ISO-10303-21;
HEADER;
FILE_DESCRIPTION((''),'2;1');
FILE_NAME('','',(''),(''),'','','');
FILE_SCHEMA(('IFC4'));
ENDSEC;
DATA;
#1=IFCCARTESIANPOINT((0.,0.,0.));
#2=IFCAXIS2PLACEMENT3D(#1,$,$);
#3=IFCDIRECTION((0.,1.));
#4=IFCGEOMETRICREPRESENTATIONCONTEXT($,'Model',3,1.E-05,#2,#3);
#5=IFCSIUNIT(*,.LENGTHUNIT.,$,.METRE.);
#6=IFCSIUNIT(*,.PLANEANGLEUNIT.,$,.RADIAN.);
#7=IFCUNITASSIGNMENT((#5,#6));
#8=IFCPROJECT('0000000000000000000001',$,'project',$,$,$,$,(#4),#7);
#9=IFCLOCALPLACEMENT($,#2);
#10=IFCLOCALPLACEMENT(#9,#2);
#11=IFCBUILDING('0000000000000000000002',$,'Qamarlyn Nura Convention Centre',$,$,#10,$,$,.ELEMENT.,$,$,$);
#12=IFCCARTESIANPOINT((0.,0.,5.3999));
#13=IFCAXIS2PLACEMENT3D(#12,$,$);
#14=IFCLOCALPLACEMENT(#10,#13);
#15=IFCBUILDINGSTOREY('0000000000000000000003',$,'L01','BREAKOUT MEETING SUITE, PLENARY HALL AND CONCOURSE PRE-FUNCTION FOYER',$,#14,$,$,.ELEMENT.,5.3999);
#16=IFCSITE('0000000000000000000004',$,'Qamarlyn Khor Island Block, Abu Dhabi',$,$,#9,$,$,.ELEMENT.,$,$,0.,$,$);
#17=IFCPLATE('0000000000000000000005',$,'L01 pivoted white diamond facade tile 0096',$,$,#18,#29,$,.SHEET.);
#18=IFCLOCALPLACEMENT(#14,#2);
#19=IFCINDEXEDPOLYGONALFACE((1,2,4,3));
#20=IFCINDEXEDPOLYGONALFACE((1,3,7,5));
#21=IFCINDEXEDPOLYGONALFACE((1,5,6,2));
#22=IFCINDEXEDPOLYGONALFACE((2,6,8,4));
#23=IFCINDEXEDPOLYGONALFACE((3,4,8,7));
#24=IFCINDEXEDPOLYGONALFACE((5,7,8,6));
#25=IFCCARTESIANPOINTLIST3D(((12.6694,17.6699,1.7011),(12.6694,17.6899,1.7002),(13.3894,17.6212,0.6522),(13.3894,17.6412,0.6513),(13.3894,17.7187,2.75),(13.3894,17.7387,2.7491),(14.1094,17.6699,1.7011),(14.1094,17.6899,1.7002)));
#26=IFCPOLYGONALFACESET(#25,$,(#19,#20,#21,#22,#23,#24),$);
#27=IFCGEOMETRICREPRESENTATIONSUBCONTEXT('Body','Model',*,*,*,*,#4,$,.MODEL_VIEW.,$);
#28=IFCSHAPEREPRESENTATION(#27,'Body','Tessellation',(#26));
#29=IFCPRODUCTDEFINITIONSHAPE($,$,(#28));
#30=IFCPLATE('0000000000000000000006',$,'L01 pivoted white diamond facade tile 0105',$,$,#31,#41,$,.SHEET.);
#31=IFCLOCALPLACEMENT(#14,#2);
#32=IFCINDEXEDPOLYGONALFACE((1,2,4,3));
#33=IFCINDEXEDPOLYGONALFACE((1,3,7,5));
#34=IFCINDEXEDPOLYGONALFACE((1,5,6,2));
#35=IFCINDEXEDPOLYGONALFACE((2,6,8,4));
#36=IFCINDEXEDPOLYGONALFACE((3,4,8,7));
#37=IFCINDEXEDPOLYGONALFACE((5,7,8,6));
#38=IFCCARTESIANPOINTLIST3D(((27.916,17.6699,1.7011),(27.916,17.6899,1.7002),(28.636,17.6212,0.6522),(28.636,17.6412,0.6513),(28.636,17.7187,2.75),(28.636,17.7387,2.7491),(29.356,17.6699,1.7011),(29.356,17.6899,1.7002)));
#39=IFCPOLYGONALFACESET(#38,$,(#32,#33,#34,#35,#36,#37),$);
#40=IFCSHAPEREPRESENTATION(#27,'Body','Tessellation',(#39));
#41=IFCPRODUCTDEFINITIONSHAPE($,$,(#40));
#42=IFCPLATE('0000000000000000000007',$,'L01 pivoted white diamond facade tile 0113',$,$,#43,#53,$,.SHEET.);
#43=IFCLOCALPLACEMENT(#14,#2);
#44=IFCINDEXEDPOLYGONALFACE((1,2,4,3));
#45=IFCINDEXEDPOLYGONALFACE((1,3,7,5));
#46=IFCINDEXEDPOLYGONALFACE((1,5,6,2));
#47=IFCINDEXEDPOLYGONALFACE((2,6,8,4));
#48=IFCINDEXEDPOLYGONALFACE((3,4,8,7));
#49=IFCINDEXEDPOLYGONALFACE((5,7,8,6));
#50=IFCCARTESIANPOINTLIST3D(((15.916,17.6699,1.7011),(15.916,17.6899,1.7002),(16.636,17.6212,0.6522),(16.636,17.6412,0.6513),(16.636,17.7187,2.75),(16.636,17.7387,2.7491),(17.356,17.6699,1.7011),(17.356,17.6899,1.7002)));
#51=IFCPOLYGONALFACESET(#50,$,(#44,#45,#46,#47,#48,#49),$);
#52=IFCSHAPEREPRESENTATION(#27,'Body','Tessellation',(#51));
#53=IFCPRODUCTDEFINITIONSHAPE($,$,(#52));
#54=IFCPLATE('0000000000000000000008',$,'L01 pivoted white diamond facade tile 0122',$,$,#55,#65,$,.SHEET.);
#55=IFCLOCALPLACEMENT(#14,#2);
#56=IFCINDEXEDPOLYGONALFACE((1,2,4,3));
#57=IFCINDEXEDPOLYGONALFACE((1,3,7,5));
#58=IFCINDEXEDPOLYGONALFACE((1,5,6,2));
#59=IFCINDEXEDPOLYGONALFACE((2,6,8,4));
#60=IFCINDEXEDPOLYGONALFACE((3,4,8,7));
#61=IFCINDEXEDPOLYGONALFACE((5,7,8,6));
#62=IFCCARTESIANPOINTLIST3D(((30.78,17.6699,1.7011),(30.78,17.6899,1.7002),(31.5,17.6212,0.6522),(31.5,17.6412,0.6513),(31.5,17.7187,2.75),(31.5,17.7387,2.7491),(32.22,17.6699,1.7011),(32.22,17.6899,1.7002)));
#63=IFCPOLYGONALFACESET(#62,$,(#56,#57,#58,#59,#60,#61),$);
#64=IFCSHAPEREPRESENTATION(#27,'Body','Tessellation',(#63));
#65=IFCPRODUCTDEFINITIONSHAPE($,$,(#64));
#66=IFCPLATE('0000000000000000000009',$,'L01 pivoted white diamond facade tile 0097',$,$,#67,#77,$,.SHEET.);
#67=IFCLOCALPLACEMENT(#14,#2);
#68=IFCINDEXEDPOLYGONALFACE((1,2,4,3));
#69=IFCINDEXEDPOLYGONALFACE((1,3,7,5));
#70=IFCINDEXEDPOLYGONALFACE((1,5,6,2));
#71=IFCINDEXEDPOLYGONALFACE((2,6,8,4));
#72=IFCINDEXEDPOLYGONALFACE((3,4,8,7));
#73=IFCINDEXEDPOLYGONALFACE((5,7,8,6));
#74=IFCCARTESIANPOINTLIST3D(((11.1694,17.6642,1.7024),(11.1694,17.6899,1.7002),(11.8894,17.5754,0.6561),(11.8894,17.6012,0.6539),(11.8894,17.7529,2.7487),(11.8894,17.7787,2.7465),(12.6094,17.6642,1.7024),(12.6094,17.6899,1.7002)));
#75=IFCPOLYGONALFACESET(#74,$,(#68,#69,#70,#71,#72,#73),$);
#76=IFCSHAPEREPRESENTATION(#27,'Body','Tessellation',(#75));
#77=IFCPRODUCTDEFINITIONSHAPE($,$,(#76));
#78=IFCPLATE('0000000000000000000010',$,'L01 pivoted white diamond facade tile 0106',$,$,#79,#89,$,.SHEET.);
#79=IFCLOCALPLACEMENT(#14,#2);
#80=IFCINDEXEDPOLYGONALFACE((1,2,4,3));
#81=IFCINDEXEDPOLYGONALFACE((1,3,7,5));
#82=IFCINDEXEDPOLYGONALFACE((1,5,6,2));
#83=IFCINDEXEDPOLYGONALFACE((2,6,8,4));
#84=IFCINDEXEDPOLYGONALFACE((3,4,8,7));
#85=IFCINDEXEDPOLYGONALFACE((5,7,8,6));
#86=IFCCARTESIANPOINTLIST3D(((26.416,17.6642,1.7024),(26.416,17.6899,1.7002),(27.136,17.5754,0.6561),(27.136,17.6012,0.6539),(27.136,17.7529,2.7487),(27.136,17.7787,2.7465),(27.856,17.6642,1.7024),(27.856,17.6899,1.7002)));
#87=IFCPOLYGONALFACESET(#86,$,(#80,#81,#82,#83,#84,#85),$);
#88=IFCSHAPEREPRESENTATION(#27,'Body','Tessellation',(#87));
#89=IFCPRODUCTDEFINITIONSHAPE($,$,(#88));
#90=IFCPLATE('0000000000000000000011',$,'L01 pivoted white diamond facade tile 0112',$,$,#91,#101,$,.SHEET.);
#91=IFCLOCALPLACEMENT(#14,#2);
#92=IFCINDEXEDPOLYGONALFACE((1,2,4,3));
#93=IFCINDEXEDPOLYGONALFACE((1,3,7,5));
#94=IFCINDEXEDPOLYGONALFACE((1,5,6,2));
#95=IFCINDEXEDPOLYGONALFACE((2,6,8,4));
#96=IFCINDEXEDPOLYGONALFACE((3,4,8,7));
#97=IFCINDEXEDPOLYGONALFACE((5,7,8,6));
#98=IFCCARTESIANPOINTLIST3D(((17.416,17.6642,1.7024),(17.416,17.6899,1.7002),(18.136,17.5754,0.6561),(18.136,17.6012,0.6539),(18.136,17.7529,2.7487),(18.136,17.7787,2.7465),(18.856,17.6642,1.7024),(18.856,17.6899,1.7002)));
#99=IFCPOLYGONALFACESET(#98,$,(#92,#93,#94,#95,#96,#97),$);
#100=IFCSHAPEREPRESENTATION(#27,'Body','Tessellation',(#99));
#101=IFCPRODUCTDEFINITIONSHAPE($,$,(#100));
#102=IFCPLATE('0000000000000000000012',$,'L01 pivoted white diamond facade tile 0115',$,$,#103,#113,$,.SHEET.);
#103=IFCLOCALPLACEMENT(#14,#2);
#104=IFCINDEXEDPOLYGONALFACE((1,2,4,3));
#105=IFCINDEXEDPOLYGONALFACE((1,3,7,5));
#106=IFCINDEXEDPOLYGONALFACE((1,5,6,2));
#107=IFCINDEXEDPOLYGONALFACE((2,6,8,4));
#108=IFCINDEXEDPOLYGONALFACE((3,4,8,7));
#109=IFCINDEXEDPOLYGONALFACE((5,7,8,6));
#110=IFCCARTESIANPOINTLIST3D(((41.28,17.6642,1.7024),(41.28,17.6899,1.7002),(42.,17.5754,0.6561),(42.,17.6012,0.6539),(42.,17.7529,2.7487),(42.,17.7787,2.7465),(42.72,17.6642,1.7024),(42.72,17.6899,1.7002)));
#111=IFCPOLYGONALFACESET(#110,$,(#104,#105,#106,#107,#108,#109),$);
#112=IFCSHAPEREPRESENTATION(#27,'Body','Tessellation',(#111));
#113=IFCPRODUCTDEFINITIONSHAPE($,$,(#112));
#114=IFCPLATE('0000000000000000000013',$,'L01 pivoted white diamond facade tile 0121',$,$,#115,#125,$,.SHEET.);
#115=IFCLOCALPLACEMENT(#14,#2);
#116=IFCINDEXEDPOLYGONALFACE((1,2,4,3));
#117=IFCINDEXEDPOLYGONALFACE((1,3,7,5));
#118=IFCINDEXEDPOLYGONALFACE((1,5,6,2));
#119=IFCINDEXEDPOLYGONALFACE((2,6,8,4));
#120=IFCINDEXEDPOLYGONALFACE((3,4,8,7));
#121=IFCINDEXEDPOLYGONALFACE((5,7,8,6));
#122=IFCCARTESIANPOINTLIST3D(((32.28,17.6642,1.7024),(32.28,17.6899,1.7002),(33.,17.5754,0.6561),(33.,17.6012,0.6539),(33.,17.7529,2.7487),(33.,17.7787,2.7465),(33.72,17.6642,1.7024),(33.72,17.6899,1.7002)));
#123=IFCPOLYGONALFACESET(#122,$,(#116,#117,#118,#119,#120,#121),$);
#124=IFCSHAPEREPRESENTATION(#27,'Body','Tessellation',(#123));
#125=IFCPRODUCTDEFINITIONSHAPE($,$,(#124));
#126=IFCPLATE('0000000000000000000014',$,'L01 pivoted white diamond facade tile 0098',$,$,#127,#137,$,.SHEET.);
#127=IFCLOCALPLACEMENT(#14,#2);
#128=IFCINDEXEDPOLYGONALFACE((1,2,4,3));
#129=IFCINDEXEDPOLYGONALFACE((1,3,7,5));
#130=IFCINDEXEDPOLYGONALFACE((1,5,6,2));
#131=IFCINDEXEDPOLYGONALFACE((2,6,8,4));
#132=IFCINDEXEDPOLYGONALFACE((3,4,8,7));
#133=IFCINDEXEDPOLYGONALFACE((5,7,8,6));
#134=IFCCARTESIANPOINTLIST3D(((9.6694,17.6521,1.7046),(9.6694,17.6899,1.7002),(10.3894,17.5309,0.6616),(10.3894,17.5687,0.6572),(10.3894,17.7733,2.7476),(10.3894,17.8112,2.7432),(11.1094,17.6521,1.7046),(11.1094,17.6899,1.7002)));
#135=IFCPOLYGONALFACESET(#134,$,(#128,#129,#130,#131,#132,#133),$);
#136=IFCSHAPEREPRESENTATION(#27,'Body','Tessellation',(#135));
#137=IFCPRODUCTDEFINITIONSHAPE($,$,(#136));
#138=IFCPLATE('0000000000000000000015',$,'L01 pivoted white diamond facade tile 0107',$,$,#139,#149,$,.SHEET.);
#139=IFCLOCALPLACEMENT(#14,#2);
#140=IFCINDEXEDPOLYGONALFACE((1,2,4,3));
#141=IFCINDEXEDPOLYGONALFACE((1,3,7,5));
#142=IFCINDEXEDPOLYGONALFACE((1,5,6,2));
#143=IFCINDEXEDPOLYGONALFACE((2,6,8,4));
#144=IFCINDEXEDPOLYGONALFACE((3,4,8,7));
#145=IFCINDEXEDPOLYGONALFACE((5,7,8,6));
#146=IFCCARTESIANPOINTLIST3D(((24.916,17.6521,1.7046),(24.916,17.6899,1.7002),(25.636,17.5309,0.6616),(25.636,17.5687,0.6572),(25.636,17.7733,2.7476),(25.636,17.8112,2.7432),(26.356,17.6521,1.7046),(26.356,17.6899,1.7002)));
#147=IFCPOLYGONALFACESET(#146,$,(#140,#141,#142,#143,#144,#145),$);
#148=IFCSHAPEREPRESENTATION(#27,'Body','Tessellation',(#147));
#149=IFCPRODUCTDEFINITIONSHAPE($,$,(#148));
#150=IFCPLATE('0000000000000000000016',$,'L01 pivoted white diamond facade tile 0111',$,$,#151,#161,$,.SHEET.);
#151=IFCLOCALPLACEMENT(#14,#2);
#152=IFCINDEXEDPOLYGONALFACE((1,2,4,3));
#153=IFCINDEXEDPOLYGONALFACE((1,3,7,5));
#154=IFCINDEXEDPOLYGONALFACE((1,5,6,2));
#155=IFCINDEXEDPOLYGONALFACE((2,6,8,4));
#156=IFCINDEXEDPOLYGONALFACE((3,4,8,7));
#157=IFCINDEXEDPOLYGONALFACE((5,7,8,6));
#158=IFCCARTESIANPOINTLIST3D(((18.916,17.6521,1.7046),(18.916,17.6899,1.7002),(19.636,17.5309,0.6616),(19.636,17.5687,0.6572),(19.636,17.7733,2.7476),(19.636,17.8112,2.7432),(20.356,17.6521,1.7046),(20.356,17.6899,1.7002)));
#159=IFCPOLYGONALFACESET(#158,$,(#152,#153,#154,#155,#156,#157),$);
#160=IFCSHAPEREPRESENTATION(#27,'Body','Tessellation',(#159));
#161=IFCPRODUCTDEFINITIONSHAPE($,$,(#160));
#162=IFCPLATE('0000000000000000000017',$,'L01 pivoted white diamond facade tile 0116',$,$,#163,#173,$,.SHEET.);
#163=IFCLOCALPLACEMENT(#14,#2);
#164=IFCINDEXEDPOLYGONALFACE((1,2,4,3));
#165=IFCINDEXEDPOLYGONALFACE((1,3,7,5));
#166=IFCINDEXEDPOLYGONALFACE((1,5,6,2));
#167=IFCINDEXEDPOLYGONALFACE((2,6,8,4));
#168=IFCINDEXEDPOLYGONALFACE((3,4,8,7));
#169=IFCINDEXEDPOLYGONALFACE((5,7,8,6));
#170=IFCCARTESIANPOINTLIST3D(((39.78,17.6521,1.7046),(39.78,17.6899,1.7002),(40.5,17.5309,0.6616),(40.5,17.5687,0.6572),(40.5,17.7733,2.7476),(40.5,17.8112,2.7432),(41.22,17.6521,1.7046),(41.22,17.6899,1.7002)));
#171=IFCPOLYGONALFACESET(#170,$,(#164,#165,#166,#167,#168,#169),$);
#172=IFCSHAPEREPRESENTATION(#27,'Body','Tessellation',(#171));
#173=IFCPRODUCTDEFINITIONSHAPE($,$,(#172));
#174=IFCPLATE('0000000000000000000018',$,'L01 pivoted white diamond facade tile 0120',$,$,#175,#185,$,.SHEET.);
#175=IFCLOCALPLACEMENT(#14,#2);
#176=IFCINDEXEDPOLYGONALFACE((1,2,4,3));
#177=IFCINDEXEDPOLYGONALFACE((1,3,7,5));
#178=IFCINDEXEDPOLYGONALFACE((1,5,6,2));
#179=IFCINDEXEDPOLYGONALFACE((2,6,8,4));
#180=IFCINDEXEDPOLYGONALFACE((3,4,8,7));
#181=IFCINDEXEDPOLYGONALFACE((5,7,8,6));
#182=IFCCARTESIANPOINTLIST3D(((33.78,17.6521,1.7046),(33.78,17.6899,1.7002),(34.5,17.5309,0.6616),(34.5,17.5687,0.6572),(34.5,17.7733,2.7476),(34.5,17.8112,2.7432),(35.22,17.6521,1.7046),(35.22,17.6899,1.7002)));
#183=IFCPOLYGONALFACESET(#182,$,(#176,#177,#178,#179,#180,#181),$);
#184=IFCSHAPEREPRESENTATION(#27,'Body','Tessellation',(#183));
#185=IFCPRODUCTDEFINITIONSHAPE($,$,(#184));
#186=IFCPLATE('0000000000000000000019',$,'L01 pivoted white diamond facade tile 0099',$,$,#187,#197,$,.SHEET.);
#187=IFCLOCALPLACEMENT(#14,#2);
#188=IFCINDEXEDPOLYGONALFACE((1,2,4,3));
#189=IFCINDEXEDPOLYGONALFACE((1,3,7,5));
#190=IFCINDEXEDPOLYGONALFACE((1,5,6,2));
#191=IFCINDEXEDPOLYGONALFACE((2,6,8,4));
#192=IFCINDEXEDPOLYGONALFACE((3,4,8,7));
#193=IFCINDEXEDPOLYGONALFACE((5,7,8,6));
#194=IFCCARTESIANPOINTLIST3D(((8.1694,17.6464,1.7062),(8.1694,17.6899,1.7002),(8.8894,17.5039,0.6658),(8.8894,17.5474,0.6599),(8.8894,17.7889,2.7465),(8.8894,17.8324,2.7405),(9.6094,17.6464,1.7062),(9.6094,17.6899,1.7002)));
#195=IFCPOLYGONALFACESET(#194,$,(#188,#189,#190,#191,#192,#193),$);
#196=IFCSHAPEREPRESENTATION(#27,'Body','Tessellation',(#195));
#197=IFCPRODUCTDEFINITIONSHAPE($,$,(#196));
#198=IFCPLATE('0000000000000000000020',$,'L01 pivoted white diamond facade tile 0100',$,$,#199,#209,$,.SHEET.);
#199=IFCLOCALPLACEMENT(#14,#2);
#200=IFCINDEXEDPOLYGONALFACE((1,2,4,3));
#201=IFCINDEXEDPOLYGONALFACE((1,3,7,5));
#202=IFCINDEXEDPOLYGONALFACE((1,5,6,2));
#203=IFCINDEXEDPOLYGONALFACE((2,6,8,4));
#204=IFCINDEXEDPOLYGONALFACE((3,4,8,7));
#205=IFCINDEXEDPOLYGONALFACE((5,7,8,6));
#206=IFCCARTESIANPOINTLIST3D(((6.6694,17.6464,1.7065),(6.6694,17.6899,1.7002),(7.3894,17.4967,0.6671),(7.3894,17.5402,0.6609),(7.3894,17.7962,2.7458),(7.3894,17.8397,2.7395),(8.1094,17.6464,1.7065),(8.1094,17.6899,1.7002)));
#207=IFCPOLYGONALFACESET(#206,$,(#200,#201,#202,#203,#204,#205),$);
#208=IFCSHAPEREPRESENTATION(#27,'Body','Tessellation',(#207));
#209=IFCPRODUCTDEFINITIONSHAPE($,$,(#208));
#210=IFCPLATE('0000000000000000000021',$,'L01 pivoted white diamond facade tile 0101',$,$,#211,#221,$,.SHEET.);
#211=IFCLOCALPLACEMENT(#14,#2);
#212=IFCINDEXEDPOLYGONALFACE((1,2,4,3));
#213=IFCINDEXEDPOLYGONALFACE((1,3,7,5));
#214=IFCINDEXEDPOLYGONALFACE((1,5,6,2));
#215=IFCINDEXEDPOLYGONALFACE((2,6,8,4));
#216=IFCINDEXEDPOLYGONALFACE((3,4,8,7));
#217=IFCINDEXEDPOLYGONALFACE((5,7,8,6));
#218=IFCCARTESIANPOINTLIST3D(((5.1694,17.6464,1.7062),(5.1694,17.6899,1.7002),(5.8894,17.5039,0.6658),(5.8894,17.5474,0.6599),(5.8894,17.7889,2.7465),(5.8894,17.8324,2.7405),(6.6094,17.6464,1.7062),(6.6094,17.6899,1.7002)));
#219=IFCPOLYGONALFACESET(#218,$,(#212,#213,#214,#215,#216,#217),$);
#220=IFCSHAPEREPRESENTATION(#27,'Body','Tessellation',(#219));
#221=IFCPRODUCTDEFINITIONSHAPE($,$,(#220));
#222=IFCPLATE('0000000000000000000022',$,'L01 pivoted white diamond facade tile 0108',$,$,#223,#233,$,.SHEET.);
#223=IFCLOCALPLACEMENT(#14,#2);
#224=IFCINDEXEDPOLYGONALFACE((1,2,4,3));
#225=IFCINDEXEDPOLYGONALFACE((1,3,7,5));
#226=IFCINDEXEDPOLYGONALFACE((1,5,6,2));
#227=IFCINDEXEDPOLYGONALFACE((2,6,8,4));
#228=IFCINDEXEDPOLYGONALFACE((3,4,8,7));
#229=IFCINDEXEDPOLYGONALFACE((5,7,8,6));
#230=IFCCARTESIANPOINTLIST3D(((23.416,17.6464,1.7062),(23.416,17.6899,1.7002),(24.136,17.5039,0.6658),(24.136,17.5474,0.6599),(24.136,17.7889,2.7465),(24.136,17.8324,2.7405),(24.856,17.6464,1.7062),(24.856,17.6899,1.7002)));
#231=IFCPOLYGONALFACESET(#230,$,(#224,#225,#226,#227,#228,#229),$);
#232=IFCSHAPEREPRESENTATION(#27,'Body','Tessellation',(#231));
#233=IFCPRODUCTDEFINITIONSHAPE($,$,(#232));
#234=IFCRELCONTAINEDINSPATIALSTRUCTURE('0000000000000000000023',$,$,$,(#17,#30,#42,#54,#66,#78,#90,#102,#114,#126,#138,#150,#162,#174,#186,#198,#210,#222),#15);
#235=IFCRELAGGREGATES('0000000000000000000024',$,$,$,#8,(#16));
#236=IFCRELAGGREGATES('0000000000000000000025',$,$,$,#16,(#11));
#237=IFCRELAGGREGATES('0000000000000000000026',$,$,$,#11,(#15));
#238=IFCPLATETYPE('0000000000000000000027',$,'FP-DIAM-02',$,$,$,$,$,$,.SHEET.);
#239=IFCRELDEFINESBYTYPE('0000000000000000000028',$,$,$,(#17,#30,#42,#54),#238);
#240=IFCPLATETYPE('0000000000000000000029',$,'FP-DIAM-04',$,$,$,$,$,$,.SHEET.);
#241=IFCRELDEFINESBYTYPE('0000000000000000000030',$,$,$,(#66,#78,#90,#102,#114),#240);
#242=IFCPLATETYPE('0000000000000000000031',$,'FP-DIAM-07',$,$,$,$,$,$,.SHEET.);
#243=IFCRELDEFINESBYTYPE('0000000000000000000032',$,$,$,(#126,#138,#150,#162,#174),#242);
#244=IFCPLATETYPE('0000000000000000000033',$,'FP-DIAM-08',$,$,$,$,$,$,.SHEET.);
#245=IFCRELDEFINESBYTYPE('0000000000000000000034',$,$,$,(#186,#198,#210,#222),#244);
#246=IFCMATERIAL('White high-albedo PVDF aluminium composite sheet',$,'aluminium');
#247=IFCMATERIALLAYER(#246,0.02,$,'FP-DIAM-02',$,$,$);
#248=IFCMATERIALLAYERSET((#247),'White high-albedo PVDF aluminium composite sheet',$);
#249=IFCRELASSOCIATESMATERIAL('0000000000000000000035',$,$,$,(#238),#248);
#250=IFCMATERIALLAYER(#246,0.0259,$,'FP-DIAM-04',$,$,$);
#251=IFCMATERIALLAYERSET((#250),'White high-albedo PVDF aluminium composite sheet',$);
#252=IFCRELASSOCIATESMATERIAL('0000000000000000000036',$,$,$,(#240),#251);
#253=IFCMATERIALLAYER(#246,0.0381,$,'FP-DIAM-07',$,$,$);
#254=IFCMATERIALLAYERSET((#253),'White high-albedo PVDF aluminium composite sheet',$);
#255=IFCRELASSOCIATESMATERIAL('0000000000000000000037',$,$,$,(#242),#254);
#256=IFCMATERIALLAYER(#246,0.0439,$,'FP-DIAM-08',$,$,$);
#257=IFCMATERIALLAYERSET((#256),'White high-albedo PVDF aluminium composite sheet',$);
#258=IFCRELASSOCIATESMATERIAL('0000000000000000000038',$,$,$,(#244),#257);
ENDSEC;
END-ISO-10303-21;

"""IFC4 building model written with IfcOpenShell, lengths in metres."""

from ifc_helpers import new_model, si_unit, direction, frame, origin, place, context, subcontext, project, spatial, polyline, outline, extrude, material, layer, layer_set, type_object, element, save


model = new_model("IFC4")

# Units and contexts
model_context = context("Model", 3, precision=1e-05, world=origin(), true_north=direction((0.0, 1.0)))
body_context = subcontext(model_context, "Body", "Model", "MODEL_VIEW")
ifc_project = project(units=[si_unit("LENGTHUNIT", "METRE"), si_unit("PLANEANGLEUNIT", "RADIAN")], contexts=[model_context])

# Site, building, storey
site_placement = place(None, origin())
site = spatial("IfcSite", under=ifc_project, at=site_placement, Name="Qamarlyn Khor Island Block, Abu Dhabi", CompositionType="ELEMENT", RefElevation=0.0)
building_placement = place(site_placement, origin())
building = spatial("IfcBuilding", under=site, at=building_placement, Name="Qamarlyn Nura Convention Centre", CompositionType="ELEMENT")
storey_placement = place(building_placement, frame((0.0, 0.0, 5.3999)))
storey = spatial("IfcBuildingStorey", under=building, at=storey_placement, Name="L01", Description="BREAKOUT MEETING SUITE, PLENARY HALL AND CONCOURSE PRE-FUNCTION FOYER", CompositionType="ELEMENT", Elevation=5.3999)

# Plates
ifc_material_1 = material(Name="White high-albedo PVDF aluminium composite sheet", Category="aluminium")
ifc_layer_1 = layer(ifc_material_1, 0.02, Name="FP-DIAM-02")
ifc_layer_set_1 = layer_set([ifc_layer_1], Name="White high-albedo PVDF aluminium composite sheet")
plate_type_1 = type_object("IfcPlateType", Name="FP-DIAM-02", PredefinedType="SHEET", material=ifc_layer_set_1)
for number, where, z_axis, x_axis, name in (
    (1, (13.3894, 17.6899, 1.7002), (0.0, -0.998923, 0.046409), (1.0, 0.0, 0.0), "L01 pivoted white diamond facade tile 0096"),
    (2, (28.636, 17.6899, 1.7002), (0.0, -0.998923, 0.046409), (1.0, 0.0, 0.0), "L01 pivoted white diamond facade tile 0105"),
    (3, (16.636, 17.6899, 1.7002), (0.0, -0.998923, 0.046409), (1.0, 0.0, 0.0), "L01 pivoted white diamond facade tile 0113"),
    (4, (31.5, 17.6899, 1.7002), (0.0, -0.998923, 0.046409), (1.0, 0.0, 0.0), "L01 pivoted white diamond facade tile 0122"),
):
    element("IfcPlate", number, at=place(storey_placement, frame(where, z_axis=z_axis, x_axis=x_axis)), inside=storey, type_object=plate_type_1, Name=name, PredefinedType="SHEET", context=body_context, shape_type="SweptSolid", body=[
        extrude(outline(polyline([(-0.72, 0.0), (0.0, -1.05), (0.72, 0.0), (0.0, 1.05), (-0.72, 0.0)])), origin(), (0.0, 0.0, 1.0), 0.02),
    ])
ifc_layer_2 = layer(ifc_material_1, 0.0259, Name="FP-DIAM-04")
ifc_layer_set_2 = layer_set([ifc_layer_2], Name="White high-albedo PVDF aluminium composite sheet")
plate_type_2 = type_object("IfcPlateType", Name="FP-DIAM-04", PredefinedType="SHEET", material=ifc_layer_set_2)
for number, where, z_axis, x_axis, name in (
    (5, (11.8894, 17.6899, 1.7002), (0.0, -0.996419, 0.084547), (1.0, 0.0, 0.0), "L01 pivoted white diamond facade tile 0097"),
    (6, (27.136, 17.6899, 1.7002), (0.0, -0.996419, 0.084547), (1.0, 0.0, 0.0), "L01 pivoted white diamond facade tile 0106"),
    (7, (18.136, 17.6899, 1.7002), (0.0, -0.996419, 0.084547), (1.0, 0.0, 0.0), "L01 pivoted white diamond facade tile 0112"),
    (8, (42.0, 17.6899, 1.7002), (0.0, -0.996419, 0.084547), (1.0, 0.0, 0.0), "L01 pivoted white diamond facade tile 0115"),
    (9, (33.0, 17.6899, 1.7002), (0.0, -0.996419, 0.084547), (1.0, 0.0, 0.0), "L01 pivoted white diamond facade tile 0121"),
):
    element("IfcPlate", number, at=place(storey_placement, frame(where, z_axis=z_axis, x_axis=x_axis)), inside=storey, type_object=plate_type_2, Name=name, PredefinedType="SHEET", context=body_context, shape_type="SweptSolid", body=[
        extrude(outline(polyline([(-0.72, 0.0), (0.0, -1.05), (0.72, 0.0), (0.0, 1.05), (-0.72, 0.0)])), origin(), (0.0, 0.0, 1.0), 0.0259),
    ])
ifc_layer_3 = layer(ifc_material_1, 0.0381, Name="FP-DIAM-07")
ifc_layer_set_3 = layer_set([ifc_layer_3], Name="White high-albedo PVDF aluminium composite sheet")
plate_type_3 = type_object("IfcPlateType", Name="FP-DIAM-07", PredefinedType="SHEET", material=ifc_layer_set_3)
for number, where, z_axis, x_axis, name in (
    (10, (10.3894, 17.6899, 1.7002), (0.0, -0.993312, 0.115457), (1.0, 0.0, 0.0), "L01 pivoted white diamond facade tile 0098"),
    (11, (25.636, 17.6899, 1.7002), (0.0, -0.993312, 0.115457), (1.0, 0.0, 0.0), "L01 pivoted white diamond facade tile 0107"),
    (12, (19.636, 17.6899, 1.7002), (0.0, -0.993312, 0.115457), (1.0, 0.0, 0.0), "L01 pivoted white diamond facade tile 0111"),
    (13, (40.5, 17.6899, 1.7002), (0.0, -0.993312, 0.115457), (1.0, 0.0, 0.0), "L01 pivoted white diamond facade tile 0116"),
    (14, (34.5, 17.6899, 1.7002), (0.0, -0.993312, 0.115457), (1.0, 0.0, 0.0), "L01 pivoted white diamond facade tile 0120"),
):
    element("IfcPlate", number, at=place(storey_placement, frame(where, z_axis=z_axis, x_axis=x_axis)), inside=storey, type_object=plate_type_3, Name=name, PredefinedType="SHEET", context=body_context, shape_type="SweptSolid", body=[
        extrude(outline(polyline([(-0.72, 0.0), (0.0, -1.05), (0.72, 0.0), (0.0, 1.05), (-0.72, 0.0)])), origin(), (0.0, 0.0, 1.0), 0.0381),
    ])
ifc_layer_4 = layer(ifc_material_1, 0.0439, Name="FP-DIAM-08")
ifc_layer_set_4 = layer_set([ifc_layer_4], Name="White high-albedo PVDF aluminium composite sheet")
plate_type_4 = type_object("IfcPlateType", Name="FP-DIAM-08", PredefinedType="SHEET", material=ifc_layer_set_4)
for number, where, z_axis, x_axis, name in (
    (15, (8.8894, 17.6899, 1.7002), (0.0, -0.990748, 0.135716), (1.0, 0.0, 0.0), "L01 pivoted white diamond facade tile 0099"),
    (16, (7.3894, 17.6899, 1.7002), (0.0, -0.989776, 0.142629), (1.0, 0.0, 0.0), "L01 pivoted white diamond facade tile 0100"),
    (17, (5.8894, 17.6899, 1.7002), (0.0, -0.990748, 0.135716), (1.0, 0.0, 0.0), "L01 pivoted white diamond facade tile 0101"),
    (18, (24.136, 17.6899, 1.7002), (0.0, -0.990748, 0.135716), (1.0, 0.0, 0.0), "L01 pivoted white diamond facade tile 0108"),
):
    element("IfcPlate", number, at=place(storey_placement, frame(where, z_axis=z_axis, x_axis=x_axis)), inside=storey, type_object=plate_type_4, Name=name, PredefinedType="SHEET", context=body_context, shape_type="SweptSolid", body=[
        extrude(outline(polyline([(-0.72, 0.0), (0.0, -1.05), (0.72, 0.0), (0.0, 1.05), (-0.72, 0.0)])), origin(), (0.0, 0.0, 1.0), 0.0439),
    ])

save(model, "model.ifc")
